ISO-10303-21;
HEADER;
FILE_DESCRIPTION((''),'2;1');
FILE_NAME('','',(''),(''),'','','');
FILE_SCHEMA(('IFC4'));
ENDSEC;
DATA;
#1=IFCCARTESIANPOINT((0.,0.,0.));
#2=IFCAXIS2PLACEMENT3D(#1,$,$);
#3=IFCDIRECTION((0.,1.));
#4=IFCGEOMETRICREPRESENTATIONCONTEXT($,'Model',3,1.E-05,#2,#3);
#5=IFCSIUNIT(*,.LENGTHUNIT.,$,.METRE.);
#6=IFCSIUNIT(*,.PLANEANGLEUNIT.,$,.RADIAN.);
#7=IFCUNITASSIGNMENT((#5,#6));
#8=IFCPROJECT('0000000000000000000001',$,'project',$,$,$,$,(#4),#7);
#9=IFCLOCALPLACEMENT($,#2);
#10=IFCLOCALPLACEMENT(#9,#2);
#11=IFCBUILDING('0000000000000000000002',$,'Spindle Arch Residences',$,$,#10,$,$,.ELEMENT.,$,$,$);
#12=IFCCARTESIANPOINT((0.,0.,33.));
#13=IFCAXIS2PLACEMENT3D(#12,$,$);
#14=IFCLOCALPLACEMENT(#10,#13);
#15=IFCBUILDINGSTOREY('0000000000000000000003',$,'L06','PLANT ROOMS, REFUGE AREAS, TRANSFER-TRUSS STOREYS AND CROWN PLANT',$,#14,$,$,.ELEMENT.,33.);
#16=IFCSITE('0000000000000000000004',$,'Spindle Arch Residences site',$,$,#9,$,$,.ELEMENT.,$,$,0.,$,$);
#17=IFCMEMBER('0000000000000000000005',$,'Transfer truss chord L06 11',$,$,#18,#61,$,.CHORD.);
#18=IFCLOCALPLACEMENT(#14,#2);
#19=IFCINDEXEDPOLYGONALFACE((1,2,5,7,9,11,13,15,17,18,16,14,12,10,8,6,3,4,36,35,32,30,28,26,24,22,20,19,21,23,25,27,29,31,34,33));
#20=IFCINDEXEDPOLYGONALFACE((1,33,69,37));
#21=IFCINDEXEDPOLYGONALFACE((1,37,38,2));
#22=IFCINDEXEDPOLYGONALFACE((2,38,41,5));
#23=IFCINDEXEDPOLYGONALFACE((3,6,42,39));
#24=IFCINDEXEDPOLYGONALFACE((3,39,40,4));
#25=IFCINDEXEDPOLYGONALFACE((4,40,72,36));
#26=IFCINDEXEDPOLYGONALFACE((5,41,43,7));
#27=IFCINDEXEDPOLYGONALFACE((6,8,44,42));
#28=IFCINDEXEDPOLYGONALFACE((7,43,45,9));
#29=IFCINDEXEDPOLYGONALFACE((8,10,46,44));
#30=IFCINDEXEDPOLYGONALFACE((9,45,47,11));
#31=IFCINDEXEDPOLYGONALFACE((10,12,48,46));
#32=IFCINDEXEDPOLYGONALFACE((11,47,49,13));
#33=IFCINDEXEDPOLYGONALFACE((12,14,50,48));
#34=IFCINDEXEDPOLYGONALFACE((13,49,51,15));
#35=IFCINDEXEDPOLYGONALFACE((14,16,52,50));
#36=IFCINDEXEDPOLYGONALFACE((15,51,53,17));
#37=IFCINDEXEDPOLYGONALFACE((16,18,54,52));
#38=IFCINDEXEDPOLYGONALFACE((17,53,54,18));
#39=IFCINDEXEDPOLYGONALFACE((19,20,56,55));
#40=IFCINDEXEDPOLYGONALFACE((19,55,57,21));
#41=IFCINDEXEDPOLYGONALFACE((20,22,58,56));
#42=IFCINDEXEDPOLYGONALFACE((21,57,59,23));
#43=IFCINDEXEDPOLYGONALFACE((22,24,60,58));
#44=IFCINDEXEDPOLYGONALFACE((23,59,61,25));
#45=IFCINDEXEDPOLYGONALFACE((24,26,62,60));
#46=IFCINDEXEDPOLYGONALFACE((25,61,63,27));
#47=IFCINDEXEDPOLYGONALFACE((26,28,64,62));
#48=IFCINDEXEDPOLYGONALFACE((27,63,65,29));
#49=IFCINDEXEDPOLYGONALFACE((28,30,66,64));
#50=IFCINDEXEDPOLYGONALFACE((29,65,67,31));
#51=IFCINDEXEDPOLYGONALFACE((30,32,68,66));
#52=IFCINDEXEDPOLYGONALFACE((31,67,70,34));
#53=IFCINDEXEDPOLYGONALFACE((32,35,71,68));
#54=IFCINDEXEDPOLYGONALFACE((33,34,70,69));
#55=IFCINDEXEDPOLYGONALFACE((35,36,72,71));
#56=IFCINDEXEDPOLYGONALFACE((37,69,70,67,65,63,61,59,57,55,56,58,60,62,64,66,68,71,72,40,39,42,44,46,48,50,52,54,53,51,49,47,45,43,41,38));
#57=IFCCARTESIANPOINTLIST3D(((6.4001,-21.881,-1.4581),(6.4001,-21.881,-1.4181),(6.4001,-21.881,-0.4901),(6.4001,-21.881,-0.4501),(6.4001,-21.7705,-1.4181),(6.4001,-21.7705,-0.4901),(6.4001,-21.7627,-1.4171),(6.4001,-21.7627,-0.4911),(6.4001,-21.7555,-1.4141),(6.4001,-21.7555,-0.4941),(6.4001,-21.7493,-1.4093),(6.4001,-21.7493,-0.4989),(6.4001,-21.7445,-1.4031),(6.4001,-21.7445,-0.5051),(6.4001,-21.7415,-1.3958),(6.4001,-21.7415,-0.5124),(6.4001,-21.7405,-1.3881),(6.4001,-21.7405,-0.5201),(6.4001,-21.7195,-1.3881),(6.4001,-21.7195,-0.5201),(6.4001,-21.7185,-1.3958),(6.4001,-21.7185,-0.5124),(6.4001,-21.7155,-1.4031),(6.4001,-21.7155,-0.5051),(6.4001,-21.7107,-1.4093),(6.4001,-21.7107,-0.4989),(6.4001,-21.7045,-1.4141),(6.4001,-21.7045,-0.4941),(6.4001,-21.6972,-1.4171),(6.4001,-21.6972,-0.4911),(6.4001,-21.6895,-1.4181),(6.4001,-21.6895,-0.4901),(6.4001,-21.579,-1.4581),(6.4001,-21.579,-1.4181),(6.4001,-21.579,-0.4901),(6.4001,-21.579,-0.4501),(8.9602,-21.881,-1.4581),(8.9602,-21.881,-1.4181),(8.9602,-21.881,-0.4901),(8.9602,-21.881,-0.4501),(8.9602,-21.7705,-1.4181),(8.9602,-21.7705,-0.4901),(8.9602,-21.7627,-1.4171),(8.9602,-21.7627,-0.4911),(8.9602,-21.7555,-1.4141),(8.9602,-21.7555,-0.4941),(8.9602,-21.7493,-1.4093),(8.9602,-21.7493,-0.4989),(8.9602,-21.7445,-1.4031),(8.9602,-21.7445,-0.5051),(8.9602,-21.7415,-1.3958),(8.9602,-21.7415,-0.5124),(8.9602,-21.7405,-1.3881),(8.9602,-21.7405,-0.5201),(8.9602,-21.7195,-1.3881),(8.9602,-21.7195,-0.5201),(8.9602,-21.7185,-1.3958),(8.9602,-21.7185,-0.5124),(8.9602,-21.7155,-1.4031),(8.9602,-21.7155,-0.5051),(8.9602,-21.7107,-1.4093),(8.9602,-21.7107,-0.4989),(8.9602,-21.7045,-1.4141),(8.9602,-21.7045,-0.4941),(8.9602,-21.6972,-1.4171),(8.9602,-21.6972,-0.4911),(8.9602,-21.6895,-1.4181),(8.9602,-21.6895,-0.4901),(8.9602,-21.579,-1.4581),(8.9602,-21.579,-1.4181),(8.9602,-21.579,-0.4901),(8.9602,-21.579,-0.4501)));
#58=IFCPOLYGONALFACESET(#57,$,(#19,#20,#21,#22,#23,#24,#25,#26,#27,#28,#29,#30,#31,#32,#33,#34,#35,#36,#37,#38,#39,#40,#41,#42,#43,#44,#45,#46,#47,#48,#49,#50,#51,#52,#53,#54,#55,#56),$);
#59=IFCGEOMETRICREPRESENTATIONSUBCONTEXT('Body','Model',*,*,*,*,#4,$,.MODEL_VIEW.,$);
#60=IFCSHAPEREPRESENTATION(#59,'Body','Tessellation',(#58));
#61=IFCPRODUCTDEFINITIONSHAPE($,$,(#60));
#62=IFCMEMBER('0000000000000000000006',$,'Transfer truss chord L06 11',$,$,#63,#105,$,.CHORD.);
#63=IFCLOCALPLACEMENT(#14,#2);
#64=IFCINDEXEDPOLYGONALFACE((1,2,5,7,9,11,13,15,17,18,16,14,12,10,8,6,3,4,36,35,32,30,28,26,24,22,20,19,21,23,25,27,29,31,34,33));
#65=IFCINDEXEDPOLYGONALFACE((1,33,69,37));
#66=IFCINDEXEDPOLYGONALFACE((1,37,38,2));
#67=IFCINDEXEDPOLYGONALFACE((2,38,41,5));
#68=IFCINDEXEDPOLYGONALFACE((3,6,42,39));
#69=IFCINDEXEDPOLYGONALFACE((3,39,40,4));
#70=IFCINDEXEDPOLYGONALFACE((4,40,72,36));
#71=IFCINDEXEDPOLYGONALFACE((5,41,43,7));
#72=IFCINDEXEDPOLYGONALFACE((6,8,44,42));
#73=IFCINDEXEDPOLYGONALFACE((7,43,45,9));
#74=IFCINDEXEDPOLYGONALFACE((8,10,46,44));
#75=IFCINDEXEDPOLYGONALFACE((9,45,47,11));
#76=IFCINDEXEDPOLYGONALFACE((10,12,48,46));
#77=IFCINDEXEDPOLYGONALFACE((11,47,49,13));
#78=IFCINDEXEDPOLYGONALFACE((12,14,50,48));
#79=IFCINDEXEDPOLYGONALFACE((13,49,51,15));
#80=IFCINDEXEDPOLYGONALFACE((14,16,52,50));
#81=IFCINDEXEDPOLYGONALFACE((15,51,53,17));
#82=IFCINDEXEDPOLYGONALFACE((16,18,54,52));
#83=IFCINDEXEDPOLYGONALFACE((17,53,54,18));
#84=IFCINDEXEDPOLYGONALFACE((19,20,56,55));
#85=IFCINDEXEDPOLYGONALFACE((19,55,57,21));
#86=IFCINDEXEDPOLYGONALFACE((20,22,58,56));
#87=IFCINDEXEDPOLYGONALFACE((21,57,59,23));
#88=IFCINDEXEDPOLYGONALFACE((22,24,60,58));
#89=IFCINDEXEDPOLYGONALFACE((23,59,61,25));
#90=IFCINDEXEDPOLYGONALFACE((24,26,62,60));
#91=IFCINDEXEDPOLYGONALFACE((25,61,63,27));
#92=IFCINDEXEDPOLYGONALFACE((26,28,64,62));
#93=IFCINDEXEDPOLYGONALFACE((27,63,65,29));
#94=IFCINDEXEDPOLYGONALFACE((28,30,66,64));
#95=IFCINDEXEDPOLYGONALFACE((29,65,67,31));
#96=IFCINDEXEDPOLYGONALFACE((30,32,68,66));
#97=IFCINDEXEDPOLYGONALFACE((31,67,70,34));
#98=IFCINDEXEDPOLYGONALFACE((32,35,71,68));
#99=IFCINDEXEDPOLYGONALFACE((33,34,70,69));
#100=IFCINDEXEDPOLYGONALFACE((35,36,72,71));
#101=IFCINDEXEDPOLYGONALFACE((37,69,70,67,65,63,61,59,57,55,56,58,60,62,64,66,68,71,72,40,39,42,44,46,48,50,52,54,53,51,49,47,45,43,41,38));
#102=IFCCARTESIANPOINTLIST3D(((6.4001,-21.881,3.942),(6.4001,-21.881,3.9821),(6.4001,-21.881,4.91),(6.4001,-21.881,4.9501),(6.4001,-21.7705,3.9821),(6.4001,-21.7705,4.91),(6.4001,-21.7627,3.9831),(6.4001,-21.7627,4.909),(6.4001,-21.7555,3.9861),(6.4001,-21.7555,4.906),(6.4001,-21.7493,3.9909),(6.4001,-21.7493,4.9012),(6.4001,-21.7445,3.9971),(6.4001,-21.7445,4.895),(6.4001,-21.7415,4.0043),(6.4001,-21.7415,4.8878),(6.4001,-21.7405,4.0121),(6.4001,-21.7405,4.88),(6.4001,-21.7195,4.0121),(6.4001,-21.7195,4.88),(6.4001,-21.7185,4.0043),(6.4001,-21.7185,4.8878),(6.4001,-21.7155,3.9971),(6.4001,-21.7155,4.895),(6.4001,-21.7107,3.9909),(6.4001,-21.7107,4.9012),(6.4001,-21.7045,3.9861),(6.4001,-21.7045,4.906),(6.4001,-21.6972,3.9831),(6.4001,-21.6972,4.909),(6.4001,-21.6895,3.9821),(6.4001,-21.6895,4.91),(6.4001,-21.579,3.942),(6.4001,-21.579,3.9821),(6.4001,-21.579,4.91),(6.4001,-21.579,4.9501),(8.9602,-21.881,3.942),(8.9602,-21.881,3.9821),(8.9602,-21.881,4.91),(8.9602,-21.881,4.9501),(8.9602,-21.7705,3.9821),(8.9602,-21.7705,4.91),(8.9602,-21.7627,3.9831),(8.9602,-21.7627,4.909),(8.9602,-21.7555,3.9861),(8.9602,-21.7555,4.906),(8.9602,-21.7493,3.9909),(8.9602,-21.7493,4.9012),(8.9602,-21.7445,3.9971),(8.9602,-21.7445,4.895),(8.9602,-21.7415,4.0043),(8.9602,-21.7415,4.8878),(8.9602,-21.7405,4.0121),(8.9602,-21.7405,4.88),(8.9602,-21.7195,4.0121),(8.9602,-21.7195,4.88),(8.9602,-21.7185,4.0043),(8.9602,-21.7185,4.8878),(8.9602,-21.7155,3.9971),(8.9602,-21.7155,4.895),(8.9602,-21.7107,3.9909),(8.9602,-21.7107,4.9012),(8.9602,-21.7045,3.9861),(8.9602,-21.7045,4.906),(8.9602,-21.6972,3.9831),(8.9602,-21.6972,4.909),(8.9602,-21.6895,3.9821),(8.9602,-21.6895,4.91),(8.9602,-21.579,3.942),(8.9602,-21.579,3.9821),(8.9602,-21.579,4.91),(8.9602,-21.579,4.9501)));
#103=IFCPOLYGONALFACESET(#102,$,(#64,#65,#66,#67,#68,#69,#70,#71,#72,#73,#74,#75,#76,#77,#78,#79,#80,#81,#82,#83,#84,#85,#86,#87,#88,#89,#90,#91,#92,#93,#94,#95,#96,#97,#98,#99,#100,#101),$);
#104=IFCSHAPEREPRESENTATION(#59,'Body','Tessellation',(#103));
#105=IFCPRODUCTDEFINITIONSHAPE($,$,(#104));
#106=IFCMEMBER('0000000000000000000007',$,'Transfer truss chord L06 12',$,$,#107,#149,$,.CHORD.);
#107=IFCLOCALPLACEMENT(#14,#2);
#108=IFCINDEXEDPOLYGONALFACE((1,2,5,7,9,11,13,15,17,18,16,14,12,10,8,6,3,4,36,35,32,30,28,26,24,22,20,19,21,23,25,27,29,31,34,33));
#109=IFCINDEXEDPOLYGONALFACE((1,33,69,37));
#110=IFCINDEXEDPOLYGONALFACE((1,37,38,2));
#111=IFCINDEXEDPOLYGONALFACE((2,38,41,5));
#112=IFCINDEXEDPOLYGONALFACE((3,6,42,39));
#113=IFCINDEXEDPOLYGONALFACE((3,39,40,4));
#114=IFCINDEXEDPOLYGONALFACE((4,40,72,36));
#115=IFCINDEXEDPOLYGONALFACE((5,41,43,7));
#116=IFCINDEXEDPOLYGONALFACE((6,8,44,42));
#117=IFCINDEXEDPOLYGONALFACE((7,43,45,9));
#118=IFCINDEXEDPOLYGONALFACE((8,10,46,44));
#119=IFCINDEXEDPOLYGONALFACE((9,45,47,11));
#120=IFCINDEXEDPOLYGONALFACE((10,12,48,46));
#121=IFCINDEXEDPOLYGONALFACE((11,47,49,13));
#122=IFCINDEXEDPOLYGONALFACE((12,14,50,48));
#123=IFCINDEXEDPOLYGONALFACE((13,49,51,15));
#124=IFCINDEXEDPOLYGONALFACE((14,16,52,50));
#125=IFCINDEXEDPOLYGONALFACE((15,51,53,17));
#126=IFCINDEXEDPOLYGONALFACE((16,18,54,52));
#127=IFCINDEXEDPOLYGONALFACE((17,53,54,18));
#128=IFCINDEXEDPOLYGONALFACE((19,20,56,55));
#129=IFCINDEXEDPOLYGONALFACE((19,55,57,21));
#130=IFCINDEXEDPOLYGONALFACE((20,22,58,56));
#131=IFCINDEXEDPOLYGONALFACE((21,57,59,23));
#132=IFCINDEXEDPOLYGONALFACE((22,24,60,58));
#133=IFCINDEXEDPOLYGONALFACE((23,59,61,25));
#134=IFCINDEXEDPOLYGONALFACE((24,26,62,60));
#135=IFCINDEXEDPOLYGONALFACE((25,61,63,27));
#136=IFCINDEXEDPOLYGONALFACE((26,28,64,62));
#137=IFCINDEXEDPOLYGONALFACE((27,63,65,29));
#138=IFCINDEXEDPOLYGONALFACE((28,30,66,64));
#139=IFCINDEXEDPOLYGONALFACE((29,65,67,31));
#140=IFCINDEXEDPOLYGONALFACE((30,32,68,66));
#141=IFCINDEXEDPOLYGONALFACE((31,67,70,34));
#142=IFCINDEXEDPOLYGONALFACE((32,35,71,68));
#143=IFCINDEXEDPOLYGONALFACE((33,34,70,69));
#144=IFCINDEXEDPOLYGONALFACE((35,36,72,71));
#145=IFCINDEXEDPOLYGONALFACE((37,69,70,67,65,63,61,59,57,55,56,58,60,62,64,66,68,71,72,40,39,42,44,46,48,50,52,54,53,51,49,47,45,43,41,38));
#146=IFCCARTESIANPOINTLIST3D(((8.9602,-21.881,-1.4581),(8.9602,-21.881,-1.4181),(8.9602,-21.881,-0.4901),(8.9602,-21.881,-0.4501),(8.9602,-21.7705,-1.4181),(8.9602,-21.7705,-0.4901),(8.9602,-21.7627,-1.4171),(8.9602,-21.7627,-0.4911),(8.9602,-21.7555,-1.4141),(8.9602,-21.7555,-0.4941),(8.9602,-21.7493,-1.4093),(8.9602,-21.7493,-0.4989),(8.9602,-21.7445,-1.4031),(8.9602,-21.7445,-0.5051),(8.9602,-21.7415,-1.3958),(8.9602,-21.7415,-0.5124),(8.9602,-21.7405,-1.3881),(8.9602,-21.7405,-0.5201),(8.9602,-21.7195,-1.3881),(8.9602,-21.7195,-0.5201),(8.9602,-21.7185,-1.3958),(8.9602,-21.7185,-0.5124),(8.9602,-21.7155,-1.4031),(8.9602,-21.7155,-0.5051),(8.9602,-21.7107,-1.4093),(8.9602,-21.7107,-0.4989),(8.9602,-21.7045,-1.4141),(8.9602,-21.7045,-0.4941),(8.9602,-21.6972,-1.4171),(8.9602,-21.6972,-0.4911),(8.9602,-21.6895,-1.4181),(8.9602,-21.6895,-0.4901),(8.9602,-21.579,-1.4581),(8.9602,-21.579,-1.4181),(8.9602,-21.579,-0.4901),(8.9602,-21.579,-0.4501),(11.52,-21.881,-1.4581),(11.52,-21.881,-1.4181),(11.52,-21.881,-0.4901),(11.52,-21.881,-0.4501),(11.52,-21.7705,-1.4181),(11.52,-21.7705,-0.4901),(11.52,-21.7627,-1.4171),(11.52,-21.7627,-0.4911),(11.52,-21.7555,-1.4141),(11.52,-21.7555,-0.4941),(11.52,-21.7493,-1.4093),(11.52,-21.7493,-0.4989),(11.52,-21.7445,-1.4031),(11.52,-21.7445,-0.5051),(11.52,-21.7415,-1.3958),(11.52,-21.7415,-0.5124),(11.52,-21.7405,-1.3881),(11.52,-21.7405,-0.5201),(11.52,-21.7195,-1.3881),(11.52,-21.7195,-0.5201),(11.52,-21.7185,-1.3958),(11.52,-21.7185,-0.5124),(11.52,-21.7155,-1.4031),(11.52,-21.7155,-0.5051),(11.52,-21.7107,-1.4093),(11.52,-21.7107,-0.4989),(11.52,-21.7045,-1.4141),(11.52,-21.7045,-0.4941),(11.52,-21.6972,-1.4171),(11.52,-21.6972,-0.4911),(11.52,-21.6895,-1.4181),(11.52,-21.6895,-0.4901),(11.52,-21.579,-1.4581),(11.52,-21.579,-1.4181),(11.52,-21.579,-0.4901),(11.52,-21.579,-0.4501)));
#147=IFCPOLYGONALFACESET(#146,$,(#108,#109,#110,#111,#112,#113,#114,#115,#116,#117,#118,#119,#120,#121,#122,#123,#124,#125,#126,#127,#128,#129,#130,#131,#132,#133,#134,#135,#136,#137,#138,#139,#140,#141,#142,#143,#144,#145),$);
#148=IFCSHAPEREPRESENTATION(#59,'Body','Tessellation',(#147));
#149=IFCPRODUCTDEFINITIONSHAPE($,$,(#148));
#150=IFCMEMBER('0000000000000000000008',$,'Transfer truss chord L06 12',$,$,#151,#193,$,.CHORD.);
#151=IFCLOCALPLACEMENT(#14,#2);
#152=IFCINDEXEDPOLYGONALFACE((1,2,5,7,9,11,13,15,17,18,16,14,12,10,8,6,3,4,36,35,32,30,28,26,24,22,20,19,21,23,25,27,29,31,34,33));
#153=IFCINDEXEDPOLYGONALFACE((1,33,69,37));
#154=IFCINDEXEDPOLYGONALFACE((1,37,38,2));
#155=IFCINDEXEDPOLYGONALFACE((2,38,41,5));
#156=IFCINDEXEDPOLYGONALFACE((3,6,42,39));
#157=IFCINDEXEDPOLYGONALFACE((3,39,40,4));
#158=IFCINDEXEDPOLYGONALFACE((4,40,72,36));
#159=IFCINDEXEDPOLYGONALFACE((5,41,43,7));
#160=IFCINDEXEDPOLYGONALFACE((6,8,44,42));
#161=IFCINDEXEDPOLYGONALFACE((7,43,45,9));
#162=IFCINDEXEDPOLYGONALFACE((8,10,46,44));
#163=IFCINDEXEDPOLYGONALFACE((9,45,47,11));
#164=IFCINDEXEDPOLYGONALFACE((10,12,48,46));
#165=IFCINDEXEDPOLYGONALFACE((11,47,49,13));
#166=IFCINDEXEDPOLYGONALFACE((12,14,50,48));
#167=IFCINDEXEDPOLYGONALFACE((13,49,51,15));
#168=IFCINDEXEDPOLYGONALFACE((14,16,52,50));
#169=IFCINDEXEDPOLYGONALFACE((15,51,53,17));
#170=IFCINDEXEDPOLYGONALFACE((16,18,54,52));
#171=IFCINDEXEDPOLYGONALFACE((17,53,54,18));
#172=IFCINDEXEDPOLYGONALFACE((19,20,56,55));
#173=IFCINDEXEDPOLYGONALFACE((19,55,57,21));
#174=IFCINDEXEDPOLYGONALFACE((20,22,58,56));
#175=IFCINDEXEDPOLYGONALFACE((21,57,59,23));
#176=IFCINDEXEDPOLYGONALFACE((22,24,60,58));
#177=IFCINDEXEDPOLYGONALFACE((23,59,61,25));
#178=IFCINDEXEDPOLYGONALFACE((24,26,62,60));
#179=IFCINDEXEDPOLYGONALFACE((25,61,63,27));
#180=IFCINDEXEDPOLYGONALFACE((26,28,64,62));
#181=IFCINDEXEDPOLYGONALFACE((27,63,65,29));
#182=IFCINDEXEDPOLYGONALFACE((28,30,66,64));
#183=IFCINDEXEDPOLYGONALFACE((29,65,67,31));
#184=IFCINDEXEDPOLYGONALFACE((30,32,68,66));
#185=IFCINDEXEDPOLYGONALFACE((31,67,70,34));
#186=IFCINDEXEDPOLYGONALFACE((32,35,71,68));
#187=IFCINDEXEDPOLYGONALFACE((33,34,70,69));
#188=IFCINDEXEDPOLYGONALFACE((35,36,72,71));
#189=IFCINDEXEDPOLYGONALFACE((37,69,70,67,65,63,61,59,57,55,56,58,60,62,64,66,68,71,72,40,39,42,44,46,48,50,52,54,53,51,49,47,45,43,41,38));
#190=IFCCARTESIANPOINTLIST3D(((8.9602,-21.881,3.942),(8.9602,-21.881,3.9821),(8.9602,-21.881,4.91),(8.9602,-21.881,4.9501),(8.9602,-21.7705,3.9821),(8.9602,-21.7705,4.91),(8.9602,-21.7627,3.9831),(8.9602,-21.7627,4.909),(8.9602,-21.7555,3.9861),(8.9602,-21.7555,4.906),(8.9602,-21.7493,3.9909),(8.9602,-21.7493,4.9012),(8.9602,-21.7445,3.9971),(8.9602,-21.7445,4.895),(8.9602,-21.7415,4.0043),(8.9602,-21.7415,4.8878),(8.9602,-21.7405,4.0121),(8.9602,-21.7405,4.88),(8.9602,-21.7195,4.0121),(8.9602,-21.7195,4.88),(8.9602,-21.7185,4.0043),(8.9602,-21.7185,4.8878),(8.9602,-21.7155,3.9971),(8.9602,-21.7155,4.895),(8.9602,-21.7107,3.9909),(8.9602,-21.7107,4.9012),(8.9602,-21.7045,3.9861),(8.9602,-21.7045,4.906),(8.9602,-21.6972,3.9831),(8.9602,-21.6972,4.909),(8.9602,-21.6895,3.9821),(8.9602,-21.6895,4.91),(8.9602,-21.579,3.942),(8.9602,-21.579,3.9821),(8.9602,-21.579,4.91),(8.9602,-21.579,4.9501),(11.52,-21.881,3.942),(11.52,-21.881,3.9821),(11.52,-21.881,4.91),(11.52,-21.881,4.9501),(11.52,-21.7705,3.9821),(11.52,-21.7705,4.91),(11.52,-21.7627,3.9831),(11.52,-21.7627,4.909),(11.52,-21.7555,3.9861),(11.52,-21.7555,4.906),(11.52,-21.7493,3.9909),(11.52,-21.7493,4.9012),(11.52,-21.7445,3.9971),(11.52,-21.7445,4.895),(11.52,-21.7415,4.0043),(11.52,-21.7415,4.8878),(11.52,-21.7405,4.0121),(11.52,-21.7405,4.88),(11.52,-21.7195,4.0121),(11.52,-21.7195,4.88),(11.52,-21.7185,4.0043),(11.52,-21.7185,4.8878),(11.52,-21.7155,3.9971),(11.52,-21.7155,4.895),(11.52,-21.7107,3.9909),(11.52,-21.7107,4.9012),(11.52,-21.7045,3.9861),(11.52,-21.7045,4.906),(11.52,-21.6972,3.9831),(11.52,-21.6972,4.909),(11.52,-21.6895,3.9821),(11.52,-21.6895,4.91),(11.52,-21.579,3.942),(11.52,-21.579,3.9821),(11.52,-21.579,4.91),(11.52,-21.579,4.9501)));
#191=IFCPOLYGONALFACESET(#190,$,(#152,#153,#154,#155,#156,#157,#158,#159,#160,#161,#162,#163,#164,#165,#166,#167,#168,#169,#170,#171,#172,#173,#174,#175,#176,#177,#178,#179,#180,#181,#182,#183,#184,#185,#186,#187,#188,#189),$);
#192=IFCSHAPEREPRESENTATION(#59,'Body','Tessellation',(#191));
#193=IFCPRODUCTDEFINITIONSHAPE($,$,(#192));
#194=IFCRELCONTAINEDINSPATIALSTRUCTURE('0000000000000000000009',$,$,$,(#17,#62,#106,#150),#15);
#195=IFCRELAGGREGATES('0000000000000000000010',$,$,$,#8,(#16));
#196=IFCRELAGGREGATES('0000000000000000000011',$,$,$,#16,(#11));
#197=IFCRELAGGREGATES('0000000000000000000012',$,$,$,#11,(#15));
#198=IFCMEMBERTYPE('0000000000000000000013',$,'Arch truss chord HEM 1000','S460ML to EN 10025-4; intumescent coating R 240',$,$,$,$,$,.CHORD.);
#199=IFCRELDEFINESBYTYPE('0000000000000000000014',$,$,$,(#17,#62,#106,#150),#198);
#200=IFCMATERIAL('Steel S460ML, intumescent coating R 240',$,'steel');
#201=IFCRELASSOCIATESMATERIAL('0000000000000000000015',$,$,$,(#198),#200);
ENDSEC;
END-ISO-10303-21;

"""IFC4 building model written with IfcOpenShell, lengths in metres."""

from ifc_helpers import new_model, si_unit, direction, frame, origin, origin_2d, place, context, subcontext, project, spatial, i_section, extrude, material, material_profile, profile_set, type_object, element, save


model = new_model("IFC4")

# Units and contexts
model_context = context("Model", 3, precision=1e-05, world=origin(), true_north=direction((0.0, 1.0)))
body_context = subcontext(model_context, "Body", "Model", "MODEL_VIEW")
ifc_project = project(units=[si_unit("LENGTHUNIT", "METRE"), si_unit("PLANEANGLEUNIT", "RADIAN")], contexts=[model_context])

# Site, building, storey
site_placement = place(None, origin())
site = spatial("IfcSite", under=ifc_project, at=site_placement, Name="Spindle Arch Residences site", CompositionType="ELEMENT", RefElevation=0.0)
building_placement = place(site_placement, origin())
building = spatial("IfcBuilding", under=site, at=building_placement, Name="Spindle Arch Residences", CompositionType="ELEMENT")
storey_placement = place(building_placement, frame((0.0, 0.0, 33.0)))
storey = spatial("IfcBuildingStorey", under=building, at=storey_placement, Name="L06", Description="PLANT ROOMS, REFUGE AREAS, TRANSFER-TRUSS STOREYS AND CROWN PLANT", CompositionType="ELEMENT", Elevation=33.0)

# Members
ifc_material_1 = material(Name="Steel S460ML, intumescent coating R 240", Category="steel")
ifc_material_profile_1 = material_profile(ifc_material_1, i_section(OverallWidth=0.302, OverallDepth=1.0081, WebThickness=0.021, FlangeThickness=0.04, FilletRadius=0.03, at=origin_2d()), Name="HEM 1000")
ifc_profile_set_1 = profile_set([ifc_material_profile_1], Name="Steel S460ML, intumescent coating R 240")
member_type_1 = type_object("IfcMemberType", Name="Arch truss chord HEM 1000", Description="S460ML to EN 10025-4; intumescent coating R 240", PredefinedType="CHORD", material=ifc_profile_set_1)
for number, where, z_axis, x_axis, name in (
    (1, (6.4001, -21.73, -0.9541), (1.0, 0.0, 0.0), (0.0, 1.0, 0.0), "Transfer truss chord L06 11"),
    (2, (6.4001, -21.73, 4.446), (1.0, 0.0, 0.0), (0.0, 1.0, 0.0), "Transfer truss chord L06 11"),
):
    element("IfcMember", number, at=place(storey_placement, frame(where, z_axis=z_axis, x_axis=x_axis)), inside=storey, type_object=member_type_1, Name=name, PredefinedType="CHORD", context=body_context, shape_type="SweptSolid", body=[
        extrude(i_section(OverallWidth=0.302, OverallDepth=1.0081, WebThickness=0.021, FlangeThickness=0.04, FilletRadius=0.03, at=origin_2d()), origin(), (0.0, 0.0, 1.0), 2.5601),
    ])
for number, where, z_axis, x_axis, name in (
    (3, (8.9602, -21.73, -0.9541), (1.0, 0.0, 0.0), (0.0, 1.0, 0.0), "Transfer truss chord L06 12"),
    (4, (8.9602, -21.73, 4.446), (1.0, 0.0, 0.0), (0.0, 1.0, 0.0), "Transfer truss chord L06 12"),
):
    element("IfcMember", number, at=place(storey_placement, frame(where, z_axis=z_axis, x_axis=x_axis)), inside=storey, type_object=member_type_1, Name=name, PredefinedType="CHORD", context=body_context, shape_type="SweptSolid", body=[
        extrude(i_section(OverallWidth=0.302, OverallDepth=1.0081, WebThickness=0.021, FlangeThickness=0.04, FilletRadius=0.03, at=origin_2d()), origin(), (0.0, 0.0, 1.0), 2.5598),
    ])

save(model, "model.ifc")
